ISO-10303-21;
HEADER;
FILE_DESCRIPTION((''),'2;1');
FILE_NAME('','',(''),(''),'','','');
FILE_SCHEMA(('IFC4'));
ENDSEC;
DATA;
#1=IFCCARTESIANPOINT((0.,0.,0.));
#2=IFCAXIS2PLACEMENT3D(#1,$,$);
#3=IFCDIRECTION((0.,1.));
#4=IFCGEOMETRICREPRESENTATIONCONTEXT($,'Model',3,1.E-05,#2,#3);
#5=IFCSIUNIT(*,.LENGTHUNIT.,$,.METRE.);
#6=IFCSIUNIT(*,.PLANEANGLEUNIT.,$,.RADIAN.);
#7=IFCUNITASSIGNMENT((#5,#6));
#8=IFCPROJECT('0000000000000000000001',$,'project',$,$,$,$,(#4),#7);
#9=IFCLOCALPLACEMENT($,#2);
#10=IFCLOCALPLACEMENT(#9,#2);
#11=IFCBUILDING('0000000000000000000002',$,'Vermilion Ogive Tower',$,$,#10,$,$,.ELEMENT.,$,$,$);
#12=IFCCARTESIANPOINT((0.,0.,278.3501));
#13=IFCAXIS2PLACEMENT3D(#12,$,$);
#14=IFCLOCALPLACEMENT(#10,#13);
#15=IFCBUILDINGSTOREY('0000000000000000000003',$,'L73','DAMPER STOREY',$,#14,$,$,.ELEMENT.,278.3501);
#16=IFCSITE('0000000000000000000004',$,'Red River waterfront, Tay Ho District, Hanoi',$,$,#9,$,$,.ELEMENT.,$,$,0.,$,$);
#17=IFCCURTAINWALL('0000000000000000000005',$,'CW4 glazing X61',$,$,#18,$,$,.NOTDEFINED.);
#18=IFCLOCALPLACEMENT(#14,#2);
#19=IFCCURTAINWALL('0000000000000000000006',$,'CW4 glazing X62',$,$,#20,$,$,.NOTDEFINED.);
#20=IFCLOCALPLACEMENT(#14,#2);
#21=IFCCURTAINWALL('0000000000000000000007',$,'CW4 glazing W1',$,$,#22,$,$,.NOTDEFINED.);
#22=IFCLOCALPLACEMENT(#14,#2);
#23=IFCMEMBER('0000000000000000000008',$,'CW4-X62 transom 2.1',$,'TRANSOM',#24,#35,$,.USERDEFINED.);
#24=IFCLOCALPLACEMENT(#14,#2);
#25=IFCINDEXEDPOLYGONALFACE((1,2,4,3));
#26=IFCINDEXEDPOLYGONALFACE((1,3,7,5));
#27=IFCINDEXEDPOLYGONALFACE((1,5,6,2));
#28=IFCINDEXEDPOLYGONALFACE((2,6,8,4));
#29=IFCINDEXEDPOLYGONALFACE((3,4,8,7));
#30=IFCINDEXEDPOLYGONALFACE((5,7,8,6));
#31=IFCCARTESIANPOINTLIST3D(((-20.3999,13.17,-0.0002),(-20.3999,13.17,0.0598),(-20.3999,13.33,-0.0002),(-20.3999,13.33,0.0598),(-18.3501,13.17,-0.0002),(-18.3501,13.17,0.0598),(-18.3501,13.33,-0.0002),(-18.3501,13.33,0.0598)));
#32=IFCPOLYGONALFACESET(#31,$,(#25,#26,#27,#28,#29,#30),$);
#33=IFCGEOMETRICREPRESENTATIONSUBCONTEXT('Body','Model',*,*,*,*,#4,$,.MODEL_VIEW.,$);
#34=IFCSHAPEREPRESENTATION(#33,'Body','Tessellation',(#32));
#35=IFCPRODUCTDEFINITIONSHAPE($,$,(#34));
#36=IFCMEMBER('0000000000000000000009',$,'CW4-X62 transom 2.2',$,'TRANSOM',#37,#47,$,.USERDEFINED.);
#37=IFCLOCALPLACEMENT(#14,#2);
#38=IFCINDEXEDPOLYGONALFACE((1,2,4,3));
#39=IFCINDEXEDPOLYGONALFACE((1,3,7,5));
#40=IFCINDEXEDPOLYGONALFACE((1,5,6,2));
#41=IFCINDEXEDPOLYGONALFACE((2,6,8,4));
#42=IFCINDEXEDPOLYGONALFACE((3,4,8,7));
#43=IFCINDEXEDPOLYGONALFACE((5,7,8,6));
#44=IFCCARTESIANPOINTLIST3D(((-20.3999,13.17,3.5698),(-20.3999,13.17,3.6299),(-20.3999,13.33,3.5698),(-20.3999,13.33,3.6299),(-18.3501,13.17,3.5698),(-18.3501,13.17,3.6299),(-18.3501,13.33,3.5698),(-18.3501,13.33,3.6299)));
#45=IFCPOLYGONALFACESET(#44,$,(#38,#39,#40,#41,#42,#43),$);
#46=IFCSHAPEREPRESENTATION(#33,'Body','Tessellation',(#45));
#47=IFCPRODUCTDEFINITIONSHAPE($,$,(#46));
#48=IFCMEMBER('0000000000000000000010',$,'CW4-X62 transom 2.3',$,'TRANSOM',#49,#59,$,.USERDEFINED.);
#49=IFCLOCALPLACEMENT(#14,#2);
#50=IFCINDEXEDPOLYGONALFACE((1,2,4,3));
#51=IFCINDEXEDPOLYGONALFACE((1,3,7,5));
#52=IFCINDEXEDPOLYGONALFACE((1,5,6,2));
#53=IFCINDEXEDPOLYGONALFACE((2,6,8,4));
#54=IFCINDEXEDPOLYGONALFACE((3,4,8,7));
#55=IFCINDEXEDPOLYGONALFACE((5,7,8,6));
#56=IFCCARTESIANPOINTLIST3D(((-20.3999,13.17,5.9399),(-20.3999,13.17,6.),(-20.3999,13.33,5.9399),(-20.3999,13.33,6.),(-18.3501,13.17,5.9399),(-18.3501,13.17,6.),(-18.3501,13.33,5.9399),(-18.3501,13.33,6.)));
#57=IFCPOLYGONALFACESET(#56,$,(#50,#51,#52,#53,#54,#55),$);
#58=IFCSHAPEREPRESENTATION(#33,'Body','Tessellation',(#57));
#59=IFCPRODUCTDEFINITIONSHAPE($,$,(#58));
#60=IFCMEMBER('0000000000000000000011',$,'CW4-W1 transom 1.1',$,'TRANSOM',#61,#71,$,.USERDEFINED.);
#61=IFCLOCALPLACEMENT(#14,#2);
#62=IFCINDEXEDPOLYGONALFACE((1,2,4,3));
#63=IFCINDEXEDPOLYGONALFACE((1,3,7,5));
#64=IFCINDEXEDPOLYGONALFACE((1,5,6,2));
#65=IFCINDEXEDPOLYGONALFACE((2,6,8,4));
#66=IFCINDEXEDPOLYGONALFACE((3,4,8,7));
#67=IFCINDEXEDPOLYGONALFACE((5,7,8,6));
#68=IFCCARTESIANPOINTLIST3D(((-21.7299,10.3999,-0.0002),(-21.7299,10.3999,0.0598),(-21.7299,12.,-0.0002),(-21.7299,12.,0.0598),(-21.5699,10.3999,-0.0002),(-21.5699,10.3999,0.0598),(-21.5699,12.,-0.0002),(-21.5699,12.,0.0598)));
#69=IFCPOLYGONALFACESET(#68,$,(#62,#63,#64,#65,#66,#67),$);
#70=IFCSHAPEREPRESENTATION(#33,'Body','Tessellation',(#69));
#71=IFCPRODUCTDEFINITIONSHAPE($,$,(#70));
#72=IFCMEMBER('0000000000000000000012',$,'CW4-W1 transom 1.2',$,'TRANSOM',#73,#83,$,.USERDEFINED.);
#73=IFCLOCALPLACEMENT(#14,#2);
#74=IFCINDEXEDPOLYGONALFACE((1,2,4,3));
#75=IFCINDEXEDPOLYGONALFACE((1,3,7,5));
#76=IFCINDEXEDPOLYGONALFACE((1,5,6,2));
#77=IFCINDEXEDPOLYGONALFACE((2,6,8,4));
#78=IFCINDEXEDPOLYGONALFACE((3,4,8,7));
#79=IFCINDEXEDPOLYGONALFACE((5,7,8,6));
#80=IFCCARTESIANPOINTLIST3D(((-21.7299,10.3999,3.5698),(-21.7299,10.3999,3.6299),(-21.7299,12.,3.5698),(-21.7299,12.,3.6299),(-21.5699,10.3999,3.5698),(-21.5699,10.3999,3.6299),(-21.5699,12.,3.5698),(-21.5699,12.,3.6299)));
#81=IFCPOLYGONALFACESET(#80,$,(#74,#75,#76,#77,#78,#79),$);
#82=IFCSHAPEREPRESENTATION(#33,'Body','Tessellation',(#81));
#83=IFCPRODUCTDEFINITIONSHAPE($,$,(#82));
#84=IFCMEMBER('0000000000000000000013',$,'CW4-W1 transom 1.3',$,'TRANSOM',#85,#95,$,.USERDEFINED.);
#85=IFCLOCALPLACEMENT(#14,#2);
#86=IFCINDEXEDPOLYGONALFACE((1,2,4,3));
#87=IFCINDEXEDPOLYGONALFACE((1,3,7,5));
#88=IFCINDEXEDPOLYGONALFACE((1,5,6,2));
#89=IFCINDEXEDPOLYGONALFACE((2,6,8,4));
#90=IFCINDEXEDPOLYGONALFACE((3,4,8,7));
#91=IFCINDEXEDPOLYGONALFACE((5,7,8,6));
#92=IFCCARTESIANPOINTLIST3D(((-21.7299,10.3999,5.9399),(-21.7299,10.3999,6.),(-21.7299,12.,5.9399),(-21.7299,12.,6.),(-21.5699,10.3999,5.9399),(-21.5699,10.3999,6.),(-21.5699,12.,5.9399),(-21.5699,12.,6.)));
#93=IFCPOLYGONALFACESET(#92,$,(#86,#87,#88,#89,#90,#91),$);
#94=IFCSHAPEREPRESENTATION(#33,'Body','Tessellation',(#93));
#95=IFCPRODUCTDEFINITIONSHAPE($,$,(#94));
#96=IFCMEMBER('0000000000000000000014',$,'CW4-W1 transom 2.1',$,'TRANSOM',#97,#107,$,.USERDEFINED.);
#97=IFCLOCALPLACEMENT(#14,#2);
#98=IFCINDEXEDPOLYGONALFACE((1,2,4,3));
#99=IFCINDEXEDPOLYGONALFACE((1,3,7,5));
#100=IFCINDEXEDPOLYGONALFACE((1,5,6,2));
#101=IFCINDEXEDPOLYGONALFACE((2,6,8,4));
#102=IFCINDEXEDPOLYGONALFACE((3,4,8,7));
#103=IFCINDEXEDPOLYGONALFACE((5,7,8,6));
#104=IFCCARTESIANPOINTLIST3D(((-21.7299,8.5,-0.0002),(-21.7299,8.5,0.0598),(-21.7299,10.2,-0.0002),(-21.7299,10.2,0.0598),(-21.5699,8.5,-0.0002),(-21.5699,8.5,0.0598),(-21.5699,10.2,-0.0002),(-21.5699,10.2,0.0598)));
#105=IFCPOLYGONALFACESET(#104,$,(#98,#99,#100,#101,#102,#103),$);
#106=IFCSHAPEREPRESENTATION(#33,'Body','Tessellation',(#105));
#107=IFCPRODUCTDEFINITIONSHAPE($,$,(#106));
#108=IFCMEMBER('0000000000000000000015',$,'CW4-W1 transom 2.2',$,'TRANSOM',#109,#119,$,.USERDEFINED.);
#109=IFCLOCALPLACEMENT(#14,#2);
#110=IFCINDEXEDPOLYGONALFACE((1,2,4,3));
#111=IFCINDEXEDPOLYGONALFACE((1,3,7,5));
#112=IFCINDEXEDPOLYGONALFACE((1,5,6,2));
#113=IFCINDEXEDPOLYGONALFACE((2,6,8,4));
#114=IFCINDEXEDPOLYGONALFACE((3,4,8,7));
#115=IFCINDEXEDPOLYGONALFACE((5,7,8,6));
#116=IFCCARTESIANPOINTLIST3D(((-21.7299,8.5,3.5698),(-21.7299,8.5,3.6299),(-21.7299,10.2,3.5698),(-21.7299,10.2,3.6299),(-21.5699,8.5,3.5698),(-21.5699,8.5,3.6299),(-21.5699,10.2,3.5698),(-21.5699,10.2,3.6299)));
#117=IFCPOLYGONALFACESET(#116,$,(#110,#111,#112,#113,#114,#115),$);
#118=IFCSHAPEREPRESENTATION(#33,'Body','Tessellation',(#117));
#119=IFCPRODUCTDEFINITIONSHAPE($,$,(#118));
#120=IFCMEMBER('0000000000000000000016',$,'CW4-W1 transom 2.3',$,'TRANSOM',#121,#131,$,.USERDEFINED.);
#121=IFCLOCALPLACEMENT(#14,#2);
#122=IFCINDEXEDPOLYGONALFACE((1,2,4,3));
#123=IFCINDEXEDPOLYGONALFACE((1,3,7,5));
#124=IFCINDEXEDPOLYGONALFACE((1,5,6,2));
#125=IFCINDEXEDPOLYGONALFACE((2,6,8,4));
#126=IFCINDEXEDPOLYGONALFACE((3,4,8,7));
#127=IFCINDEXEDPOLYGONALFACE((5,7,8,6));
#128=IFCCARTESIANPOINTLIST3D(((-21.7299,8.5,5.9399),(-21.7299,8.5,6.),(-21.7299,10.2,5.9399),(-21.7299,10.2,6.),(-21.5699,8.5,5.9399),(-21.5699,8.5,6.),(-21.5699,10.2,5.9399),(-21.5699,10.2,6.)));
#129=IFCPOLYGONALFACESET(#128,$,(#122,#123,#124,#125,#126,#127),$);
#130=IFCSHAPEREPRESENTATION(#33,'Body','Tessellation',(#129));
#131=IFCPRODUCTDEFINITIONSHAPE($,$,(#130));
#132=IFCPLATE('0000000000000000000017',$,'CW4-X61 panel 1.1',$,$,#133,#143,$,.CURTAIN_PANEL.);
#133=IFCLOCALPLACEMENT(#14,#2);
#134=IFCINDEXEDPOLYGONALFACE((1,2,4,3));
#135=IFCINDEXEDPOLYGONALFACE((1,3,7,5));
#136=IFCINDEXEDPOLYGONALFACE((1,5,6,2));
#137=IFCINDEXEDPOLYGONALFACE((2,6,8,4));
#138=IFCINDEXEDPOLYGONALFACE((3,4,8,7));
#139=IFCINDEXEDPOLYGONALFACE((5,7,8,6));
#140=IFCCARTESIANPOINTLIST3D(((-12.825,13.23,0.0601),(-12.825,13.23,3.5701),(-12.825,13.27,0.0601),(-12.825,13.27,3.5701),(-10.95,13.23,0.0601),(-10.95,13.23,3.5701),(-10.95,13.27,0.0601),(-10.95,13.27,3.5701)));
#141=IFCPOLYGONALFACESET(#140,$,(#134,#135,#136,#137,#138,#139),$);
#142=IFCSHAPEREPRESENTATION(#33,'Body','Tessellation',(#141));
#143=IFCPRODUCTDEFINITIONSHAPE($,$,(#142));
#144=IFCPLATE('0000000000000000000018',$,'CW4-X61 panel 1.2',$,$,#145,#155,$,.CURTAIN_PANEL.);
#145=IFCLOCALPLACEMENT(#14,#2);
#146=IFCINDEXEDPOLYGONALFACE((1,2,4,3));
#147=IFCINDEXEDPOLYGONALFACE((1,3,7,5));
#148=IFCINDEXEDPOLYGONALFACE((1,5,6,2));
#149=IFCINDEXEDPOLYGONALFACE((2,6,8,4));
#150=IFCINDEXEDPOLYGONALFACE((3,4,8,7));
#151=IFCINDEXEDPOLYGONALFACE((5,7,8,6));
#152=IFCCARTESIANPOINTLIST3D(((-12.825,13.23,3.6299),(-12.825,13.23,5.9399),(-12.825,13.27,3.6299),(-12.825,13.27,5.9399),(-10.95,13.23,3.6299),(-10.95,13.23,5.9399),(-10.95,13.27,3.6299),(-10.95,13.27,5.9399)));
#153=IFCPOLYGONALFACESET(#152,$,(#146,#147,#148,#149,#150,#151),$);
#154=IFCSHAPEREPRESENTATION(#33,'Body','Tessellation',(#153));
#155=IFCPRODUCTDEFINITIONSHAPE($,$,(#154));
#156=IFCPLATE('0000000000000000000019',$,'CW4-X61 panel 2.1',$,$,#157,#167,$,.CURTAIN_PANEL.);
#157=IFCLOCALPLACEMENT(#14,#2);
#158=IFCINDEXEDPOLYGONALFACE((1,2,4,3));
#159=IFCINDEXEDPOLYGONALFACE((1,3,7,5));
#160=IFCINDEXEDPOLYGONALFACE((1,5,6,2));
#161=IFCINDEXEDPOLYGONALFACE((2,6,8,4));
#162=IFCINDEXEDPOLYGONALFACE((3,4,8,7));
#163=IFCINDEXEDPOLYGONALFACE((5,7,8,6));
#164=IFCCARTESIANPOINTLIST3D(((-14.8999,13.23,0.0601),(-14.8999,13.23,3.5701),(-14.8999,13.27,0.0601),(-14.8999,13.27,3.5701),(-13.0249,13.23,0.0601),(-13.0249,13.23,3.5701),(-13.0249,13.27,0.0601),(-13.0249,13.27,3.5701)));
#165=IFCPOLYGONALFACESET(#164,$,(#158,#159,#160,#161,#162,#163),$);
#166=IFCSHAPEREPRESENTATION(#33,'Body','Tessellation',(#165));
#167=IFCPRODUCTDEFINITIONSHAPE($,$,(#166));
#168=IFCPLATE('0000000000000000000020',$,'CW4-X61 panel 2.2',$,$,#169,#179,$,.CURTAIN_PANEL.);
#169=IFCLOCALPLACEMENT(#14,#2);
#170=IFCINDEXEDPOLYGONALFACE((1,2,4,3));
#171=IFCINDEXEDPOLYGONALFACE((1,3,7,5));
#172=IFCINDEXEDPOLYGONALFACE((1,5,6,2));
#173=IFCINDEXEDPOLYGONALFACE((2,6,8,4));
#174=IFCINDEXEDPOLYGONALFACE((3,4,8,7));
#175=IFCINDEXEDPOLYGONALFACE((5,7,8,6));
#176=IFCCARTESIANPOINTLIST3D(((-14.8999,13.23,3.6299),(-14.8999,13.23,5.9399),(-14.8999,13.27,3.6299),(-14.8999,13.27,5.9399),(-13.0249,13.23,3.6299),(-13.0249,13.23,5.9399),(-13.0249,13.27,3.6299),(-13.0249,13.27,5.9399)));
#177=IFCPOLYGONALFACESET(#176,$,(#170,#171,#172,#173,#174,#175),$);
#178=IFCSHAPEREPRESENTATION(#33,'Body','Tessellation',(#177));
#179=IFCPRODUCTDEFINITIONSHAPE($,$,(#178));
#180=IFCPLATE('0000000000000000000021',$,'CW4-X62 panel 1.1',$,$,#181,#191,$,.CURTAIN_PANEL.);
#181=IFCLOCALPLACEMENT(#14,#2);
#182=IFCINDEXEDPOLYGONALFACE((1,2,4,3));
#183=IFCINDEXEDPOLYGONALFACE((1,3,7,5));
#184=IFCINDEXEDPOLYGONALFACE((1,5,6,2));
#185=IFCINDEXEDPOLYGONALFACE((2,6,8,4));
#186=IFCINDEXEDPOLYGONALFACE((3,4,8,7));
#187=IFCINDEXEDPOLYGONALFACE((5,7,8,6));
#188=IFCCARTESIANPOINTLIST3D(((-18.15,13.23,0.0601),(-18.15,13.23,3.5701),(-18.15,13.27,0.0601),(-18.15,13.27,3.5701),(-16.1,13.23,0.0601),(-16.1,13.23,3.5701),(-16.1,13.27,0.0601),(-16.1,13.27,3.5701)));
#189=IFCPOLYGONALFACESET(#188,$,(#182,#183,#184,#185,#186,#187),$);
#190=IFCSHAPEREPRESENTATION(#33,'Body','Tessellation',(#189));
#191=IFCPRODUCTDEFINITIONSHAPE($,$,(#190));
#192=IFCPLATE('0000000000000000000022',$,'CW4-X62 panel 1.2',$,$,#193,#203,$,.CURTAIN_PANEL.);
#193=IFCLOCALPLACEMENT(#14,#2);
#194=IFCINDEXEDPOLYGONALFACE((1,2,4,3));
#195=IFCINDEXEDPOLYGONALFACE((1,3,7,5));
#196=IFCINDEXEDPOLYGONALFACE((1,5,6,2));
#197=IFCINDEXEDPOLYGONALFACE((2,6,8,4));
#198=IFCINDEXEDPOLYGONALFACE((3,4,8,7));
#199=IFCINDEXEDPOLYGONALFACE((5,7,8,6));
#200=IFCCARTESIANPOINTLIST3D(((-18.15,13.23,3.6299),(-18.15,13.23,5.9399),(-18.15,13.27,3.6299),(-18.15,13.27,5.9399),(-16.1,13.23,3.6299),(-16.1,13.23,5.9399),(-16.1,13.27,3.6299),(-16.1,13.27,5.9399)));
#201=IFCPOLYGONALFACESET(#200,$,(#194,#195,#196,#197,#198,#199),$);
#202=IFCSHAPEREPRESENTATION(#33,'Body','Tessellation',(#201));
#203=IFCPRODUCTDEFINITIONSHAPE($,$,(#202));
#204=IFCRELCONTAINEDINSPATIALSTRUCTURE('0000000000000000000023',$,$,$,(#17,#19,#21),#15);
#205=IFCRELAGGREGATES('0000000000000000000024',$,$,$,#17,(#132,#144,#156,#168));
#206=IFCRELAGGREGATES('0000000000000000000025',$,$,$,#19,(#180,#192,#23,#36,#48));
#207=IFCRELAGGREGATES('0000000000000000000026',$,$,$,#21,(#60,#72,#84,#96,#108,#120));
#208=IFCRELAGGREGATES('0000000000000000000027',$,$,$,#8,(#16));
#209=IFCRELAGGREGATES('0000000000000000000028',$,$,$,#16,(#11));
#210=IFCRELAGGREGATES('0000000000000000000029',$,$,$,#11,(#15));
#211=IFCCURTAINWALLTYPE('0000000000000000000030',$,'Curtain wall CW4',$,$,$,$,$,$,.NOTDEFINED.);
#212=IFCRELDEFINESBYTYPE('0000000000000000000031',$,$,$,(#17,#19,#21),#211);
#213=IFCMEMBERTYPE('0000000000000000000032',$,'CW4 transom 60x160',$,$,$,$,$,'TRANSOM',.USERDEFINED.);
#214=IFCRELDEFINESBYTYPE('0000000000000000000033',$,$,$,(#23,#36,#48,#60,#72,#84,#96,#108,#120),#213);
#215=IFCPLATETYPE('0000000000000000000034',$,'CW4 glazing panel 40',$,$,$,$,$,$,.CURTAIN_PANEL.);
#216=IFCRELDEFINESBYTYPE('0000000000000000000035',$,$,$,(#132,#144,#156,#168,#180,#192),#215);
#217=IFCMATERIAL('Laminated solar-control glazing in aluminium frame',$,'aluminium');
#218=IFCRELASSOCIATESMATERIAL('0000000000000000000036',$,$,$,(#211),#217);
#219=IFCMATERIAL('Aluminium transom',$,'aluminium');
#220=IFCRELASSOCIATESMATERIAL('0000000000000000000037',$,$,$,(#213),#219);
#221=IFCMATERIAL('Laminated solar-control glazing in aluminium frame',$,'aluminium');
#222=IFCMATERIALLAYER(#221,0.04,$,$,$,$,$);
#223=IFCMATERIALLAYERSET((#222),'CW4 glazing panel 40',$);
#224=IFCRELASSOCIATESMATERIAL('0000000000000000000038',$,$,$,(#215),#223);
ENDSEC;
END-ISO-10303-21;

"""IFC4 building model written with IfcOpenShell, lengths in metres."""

from ifc_helpers import new_model, si_unit, direction, frame, origin, origin_2d, place, context, subcontext, project, spatial, rectangle, extrude, material, layer, layer_set, material_profile, profile_set, type_object, element, aggregate, save


model = new_model("IFC4")

# Units and contexts
model_context = context("Model", 3, precision=1e-05, world=origin(), true_north=direction((0.0, 1.0)))
body_context = subcontext(model_context, "Body", "Model", "MODEL_VIEW")
ifc_project = project(units=[si_unit("LENGTHUNIT", "METRE"), si_unit("PLANEANGLEUNIT", "RADIAN")], contexts=[model_context])

# Site, building, storey
site_placement = place(None, origin())
site = spatial("IfcSite", under=ifc_project, at=site_placement, Name="Red River waterfront, Tay Ho District, Hanoi", CompositionType="ELEMENT", RefElevation=0.0)
building_placement = place(site_placement, origin())
building = spatial("IfcBuilding", under=site, at=building_placement, Name="Vermilion Ogive Tower", CompositionType="ELEMENT")
storey_placement = place(building_placement, frame((0.0, 0.0, 278.3501)))
storey = spatial("IfcBuildingStorey", under=building, at=storey_placement, Name="L73", Description="DAMPER STOREY", CompositionType="ELEMENT", Elevation=278.3501)

# Curtain walls
ifc_material_1 = material(Name="Laminated solar-control glazing in aluminium frame", Category="aluminium")
curtain_wall_type = type_object("IfcCurtainWallType", Name="Curtain wall CW4", PredefinedType="NOTDEFINED", material=ifc_material_1)
curtain_wall_1_placement = place(storey_placement, origin())
curtain_wall_1 = element("IfcCurtainWall", 1, at=curtain_wall_1_placement, inside=storey, type_object=curtain_wall_type, Name="CW4 glazing X61", PredefinedType="NOTDEFINED")
curtain_wall_2_placement = place(storey_placement, origin())
curtain_wall_2 = element("IfcCurtainWall", 2, at=curtain_wall_2_placement, inside=storey, type_object=curtain_wall_type, Name="CW4 glazing X62", PredefinedType="NOTDEFINED")
curtain_wall_3_placement = place(storey_placement, origin())
curtain_wall_3 = element("IfcCurtainWall", 3, at=curtain_wall_3_placement, inside=storey, type_object=curtain_wall_type, Name="CW4 glazing W1", PredefinedType="NOTDEFINED")

# Members
ifc_material_2 = material(Name="Aluminium transom", Category="aluminium")
ifc_material_profile_1 = material_profile(ifc_material_2, rectangle(XDim=0.1599, YDim=0.0601, at=origin_2d()), Name="AL 60x160")
ifc_profile_set_1 = profile_set([ifc_material_profile_1], Name="Aluminium transom")
member_type_1 = type_object("IfcMemberType", Name="CW4 transom 60x160", ElementType="TRANSOM", PredefinedType="USERDEFINED", material=ifc_profile_set_1)
member_1_placement = place(storey_placement, frame((-18.3501, 13.25, 0.0298), z_axis=(-1.0, 0.0, 0.0), x_axis=(0.0, -1.0, 0.0)))
member_1 = element("IfcMember", 4, at=member_1_placement, type_object=member_type_1, Name="CW4-X62 transom 2.1", ObjectType="TRANSOM", PredefinedType="USERDEFINED", context=body_context, shape_type="SweptSolid", body=[
    extrude(rectangle(XDim=0.1599, YDim=0.0601, at=origin_2d()), origin(), (0.0, 0.0, 1.0), 2.0498),
])
member_2_placement = place(storey_placement, frame((-18.3501, 13.25, 3.5999), z_axis=(-1.0, 0.0, 0.0), x_axis=(0.0, -1.0, 0.0)))
member_2 = element("IfcMember", 5, at=member_2_placement, type_object=member_type_1, Name="CW4-X62 transom 2.2", ObjectType="TRANSOM", PredefinedType="USERDEFINED", context=body_context, shape_type="SweptSolid", body=[
    extrude(rectangle(XDim=0.1599, YDim=0.0601, at=origin_2d()), origin(), (0.0, 0.0, 1.0), 2.0498),
])
member_3_placement = place(storey_placement, frame((-18.3501, 13.25, 5.97), z_axis=(-1.0, 0.0, 0.0), x_axis=(0.0, -1.0, 0.0)))
member_3 = element("IfcMember", 6, at=member_3_placement, type_object=member_type_1, Name="CW4-X62 transom 2.3", ObjectType="TRANSOM", PredefinedType="USERDEFINED", context=body_context, shape_type="SweptSolid", body=[
    extrude(rectangle(XDim=0.1599, YDim=0.0601, at=origin_2d()), origin(), (0.0, 0.0, 1.0), 2.0498),
])
member_4_placement = place(storey_placement, frame((-21.6499, 12.0, 0.0298), z_axis=(0.0, -1.0, 0.0), x_axis=(1.0, 0.0, 0.0)))
member_4 = element("IfcMember", 7, at=member_4_placement, type_object=member_type_1, Name="CW4-W1 transom 1.1", ObjectType="TRANSOM", PredefinedType="USERDEFINED", context=body_context, shape_type="SweptSolid", body=[
    extrude(rectangle(XDim=0.1599, YDim=0.0601, at=origin_2d()), origin(), (0.0, 0.0, 1.0), 1.6001),
])
member_5_placement = place(storey_placement, frame((-21.6499, 12.0, 3.5999), z_axis=(0.0, -1.0, 0.0), x_axis=(1.0, 0.0, 0.0)))
member_5 = element("IfcMember", 8, at=member_5_placement, type_object=member_type_1, Name="CW4-W1 transom 1.2", ObjectType="TRANSOM", PredefinedType="USERDEFINED", context=body_context, shape_type="SweptSolid", body=[
    extrude(rectangle(XDim=0.1599, YDim=0.0601, at=origin_2d()), origin(), (0.0, 0.0, 1.0), 1.6001),
])
member_6_placement = place(storey_placement, frame((-21.6499, 12.0, 5.97), z_axis=(0.0, -1.0, 0.0), x_axis=(1.0, 0.0, 0.0)))
member_6 = element("IfcMember", 9, at=member_6_placement, type_object=member_type_1, Name="CW4-W1 transom 1.3", ObjectType="TRANSOM", PredefinedType="USERDEFINED", context=body_context, shape_type="SweptSolid", body=[
    extrude(rectangle(XDim=0.1599, YDim=0.0601, at=origin_2d()), origin(), (0.0, 0.0, 1.0), 1.6001),
])
member_7_placement = place(storey_placement, frame((-21.6499, 10.2, 0.0298), z_axis=(0.0, -1.0, 0.0), x_axis=(1.0, 0.0, 0.0)))
member_7 = element("IfcMember", 10, at=member_7_placement, type_object=member_type_1, Name="CW4-W1 transom 2.1", ObjectType="TRANSOM", PredefinedType="USERDEFINED", context=body_context, shape_type="SweptSolid", body=[
    extrude(rectangle(XDim=0.1599, YDim=0.0601, at=origin_2d()), origin(), (0.0, 0.0, 1.0), 1.7),
])
member_8_placement = place(storey_placement, frame((-21.6499, 10.2, 3.5999), z_axis=(0.0, -1.0, 0.0), x_axis=(1.0, 0.0, 0.0)))
member_8 = element("IfcMember", 11, at=member_8_placement, type_object=member_type_1, Name="CW4-W1 transom 2.2", ObjectType="TRANSOM", PredefinedType="USERDEFINED", context=body_context, shape_type="SweptSolid", body=[
    extrude(rectangle(XDim=0.1599, YDim=0.0601, at=origin_2d()), origin(), (0.0, 0.0, 1.0), 1.7),
])
member_9_placement = place(storey_placement, frame((-21.6499, 10.2, 5.97), z_axis=(0.0, -1.0, 0.0), x_axis=(1.0, 0.0, 0.0)))
member_9 = element("IfcMember", 12, at=member_9_placement, type_object=member_type_1, Name="CW4-W1 transom 2.3", ObjectType="TRANSOM", PredefinedType="USERDEFINED", context=body_context, shape_type="SweptSolid", body=[
    extrude(rectangle(XDim=0.1599, YDim=0.0601, at=origin_2d()), origin(), (0.0, 0.0, 1.0), 1.7),
])

# Plates
ifc_material_3 = material(Name="Laminated solar-control glazing in aluminium frame", Category="aluminium")
ifc_layer_1 = layer(ifc_material_3, 0.04)
ifc_layer_set_1 = layer_set([ifc_layer_1], Name="CW4 glazing panel 40")
plate_type = type_object("IfcPlateType", Name="CW4 glazing panel 40", PredefinedType="CURTAIN_PANEL", material=ifc_layer_set_1)
plate_1_placement = place(storey_placement, frame((-11.8875, 13.25, 0.0601), z_axis=(0.0, 0.0, 1.0), x_axis=(-1.0, 0.0, 0.0)))
plate_1 = element("IfcPlate", 13, at=plate_1_placement, type_object=plate_type, Name="CW4-X61 panel 1.1", PredefinedType="CURTAIN_PANEL", context=body_context, shape_type="SweptSolid", body=[
    extrude(rectangle(XDim=1.875, YDim=0.04, at=origin_2d()), origin(), (0.0, 0.0, 1.0), 3.51),
])
plate_2_placement = place(storey_placement, frame((-11.8875, 13.25, 3.6299), z_axis=(0.0, 0.0, 1.0), x_axis=(-1.0, 0.0, 0.0)))
plate_2 = element("IfcPlate", 14, at=plate_2_placement, type_object=plate_type, Name="CW4-X61 panel 1.2", PredefinedType="CURTAIN_PANEL", context=body_context, shape_type="SweptSolid", body=[
    extrude(rectangle(XDim=1.875, YDim=0.04, at=origin_2d()), origin(), (0.0, 0.0, 1.0), 2.3101),
])
plate_3_placement = place(storey_placement, frame((-13.9624, 13.25, 0.0601), z_axis=(0.0, 0.0, 1.0), x_axis=(-1.0, 0.0, 0.0)))
plate_3 = element("IfcPlate", 15, at=plate_3_placement, type_object=plate_type, Name="CW4-X61 panel 2.1", PredefinedType="CURTAIN_PANEL", context=body_context, shape_type="SweptSolid", body=[
    extrude(rectangle(XDim=1.875, YDim=0.04, at=origin_2d()), origin(), (0.0, 0.0, 1.0), 3.51),
])
plate_4_placement = place(storey_placement, frame((-13.9624, 13.25, 3.6299), z_axis=(0.0, 0.0, 1.0), x_axis=(-1.0, 0.0, 0.0)))
plate_4 = element("IfcPlate", 16, at=plate_4_placement, type_object=plate_type, Name="CW4-X61 panel 2.2", PredefinedType="CURTAIN_PANEL", context=body_context, shape_type="SweptSolid", body=[
    extrude(rectangle(XDim=1.875, YDim=0.04, at=origin_2d()), origin(), (0.0, 0.0, 1.0), 2.3101),
])
aggregate(curtain_wall_1, [plate_1, plate_2, plate_3, plate_4])
plate_5_placement = place(storey_placement, frame((-17.125, 13.25, 0.0601), z_axis=(0.0, 0.0, 1.0), x_axis=(-1.0, 0.0, 0.0)))
plate_5 = element("IfcPlate", 17, at=plate_5_placement, type_object=plate_type, Name="CW4-X62 panel 1.1", PredefinedType="CURTAIN_PANEL", context=body_context, shape_type="SweptSolid", body=[
    extrude(rectangle(XDim=2.05, YDim=0.04, at=origin_2d()), origin(), (0.0, 0.0, 1.0), 3.51),
])
plate_6_placement = place(storey_placement, frame((-17.125, 13.25, 3.6299), z_axis=(0.0, 0.0, 1.0), x_axis=(-1.0, 0.0, 0.0)))
plate_6 = element("IfcPlate", 18, at=plate_6_placement, type_object=plate_type, Name="CW4-X62 panel 1.2", PredefinedType="CURTAIN_PANEL", context=body_context, shape_type="SweptSolid", body=[
    extrude(rectangle(XDim=2.05, YDim=0.04, at=origin_2d()), origin(), (0.0, 0.0, 1.0), 2.3101),
])
aggregate(curtain_wall_2, [plate_5, plate_6, member_1, member_2, member_3])
aggregate(curtain_wall_3, [member_4, member_5, member_6, member_7, member_8, member_9])

save(model, "model.ifc")
